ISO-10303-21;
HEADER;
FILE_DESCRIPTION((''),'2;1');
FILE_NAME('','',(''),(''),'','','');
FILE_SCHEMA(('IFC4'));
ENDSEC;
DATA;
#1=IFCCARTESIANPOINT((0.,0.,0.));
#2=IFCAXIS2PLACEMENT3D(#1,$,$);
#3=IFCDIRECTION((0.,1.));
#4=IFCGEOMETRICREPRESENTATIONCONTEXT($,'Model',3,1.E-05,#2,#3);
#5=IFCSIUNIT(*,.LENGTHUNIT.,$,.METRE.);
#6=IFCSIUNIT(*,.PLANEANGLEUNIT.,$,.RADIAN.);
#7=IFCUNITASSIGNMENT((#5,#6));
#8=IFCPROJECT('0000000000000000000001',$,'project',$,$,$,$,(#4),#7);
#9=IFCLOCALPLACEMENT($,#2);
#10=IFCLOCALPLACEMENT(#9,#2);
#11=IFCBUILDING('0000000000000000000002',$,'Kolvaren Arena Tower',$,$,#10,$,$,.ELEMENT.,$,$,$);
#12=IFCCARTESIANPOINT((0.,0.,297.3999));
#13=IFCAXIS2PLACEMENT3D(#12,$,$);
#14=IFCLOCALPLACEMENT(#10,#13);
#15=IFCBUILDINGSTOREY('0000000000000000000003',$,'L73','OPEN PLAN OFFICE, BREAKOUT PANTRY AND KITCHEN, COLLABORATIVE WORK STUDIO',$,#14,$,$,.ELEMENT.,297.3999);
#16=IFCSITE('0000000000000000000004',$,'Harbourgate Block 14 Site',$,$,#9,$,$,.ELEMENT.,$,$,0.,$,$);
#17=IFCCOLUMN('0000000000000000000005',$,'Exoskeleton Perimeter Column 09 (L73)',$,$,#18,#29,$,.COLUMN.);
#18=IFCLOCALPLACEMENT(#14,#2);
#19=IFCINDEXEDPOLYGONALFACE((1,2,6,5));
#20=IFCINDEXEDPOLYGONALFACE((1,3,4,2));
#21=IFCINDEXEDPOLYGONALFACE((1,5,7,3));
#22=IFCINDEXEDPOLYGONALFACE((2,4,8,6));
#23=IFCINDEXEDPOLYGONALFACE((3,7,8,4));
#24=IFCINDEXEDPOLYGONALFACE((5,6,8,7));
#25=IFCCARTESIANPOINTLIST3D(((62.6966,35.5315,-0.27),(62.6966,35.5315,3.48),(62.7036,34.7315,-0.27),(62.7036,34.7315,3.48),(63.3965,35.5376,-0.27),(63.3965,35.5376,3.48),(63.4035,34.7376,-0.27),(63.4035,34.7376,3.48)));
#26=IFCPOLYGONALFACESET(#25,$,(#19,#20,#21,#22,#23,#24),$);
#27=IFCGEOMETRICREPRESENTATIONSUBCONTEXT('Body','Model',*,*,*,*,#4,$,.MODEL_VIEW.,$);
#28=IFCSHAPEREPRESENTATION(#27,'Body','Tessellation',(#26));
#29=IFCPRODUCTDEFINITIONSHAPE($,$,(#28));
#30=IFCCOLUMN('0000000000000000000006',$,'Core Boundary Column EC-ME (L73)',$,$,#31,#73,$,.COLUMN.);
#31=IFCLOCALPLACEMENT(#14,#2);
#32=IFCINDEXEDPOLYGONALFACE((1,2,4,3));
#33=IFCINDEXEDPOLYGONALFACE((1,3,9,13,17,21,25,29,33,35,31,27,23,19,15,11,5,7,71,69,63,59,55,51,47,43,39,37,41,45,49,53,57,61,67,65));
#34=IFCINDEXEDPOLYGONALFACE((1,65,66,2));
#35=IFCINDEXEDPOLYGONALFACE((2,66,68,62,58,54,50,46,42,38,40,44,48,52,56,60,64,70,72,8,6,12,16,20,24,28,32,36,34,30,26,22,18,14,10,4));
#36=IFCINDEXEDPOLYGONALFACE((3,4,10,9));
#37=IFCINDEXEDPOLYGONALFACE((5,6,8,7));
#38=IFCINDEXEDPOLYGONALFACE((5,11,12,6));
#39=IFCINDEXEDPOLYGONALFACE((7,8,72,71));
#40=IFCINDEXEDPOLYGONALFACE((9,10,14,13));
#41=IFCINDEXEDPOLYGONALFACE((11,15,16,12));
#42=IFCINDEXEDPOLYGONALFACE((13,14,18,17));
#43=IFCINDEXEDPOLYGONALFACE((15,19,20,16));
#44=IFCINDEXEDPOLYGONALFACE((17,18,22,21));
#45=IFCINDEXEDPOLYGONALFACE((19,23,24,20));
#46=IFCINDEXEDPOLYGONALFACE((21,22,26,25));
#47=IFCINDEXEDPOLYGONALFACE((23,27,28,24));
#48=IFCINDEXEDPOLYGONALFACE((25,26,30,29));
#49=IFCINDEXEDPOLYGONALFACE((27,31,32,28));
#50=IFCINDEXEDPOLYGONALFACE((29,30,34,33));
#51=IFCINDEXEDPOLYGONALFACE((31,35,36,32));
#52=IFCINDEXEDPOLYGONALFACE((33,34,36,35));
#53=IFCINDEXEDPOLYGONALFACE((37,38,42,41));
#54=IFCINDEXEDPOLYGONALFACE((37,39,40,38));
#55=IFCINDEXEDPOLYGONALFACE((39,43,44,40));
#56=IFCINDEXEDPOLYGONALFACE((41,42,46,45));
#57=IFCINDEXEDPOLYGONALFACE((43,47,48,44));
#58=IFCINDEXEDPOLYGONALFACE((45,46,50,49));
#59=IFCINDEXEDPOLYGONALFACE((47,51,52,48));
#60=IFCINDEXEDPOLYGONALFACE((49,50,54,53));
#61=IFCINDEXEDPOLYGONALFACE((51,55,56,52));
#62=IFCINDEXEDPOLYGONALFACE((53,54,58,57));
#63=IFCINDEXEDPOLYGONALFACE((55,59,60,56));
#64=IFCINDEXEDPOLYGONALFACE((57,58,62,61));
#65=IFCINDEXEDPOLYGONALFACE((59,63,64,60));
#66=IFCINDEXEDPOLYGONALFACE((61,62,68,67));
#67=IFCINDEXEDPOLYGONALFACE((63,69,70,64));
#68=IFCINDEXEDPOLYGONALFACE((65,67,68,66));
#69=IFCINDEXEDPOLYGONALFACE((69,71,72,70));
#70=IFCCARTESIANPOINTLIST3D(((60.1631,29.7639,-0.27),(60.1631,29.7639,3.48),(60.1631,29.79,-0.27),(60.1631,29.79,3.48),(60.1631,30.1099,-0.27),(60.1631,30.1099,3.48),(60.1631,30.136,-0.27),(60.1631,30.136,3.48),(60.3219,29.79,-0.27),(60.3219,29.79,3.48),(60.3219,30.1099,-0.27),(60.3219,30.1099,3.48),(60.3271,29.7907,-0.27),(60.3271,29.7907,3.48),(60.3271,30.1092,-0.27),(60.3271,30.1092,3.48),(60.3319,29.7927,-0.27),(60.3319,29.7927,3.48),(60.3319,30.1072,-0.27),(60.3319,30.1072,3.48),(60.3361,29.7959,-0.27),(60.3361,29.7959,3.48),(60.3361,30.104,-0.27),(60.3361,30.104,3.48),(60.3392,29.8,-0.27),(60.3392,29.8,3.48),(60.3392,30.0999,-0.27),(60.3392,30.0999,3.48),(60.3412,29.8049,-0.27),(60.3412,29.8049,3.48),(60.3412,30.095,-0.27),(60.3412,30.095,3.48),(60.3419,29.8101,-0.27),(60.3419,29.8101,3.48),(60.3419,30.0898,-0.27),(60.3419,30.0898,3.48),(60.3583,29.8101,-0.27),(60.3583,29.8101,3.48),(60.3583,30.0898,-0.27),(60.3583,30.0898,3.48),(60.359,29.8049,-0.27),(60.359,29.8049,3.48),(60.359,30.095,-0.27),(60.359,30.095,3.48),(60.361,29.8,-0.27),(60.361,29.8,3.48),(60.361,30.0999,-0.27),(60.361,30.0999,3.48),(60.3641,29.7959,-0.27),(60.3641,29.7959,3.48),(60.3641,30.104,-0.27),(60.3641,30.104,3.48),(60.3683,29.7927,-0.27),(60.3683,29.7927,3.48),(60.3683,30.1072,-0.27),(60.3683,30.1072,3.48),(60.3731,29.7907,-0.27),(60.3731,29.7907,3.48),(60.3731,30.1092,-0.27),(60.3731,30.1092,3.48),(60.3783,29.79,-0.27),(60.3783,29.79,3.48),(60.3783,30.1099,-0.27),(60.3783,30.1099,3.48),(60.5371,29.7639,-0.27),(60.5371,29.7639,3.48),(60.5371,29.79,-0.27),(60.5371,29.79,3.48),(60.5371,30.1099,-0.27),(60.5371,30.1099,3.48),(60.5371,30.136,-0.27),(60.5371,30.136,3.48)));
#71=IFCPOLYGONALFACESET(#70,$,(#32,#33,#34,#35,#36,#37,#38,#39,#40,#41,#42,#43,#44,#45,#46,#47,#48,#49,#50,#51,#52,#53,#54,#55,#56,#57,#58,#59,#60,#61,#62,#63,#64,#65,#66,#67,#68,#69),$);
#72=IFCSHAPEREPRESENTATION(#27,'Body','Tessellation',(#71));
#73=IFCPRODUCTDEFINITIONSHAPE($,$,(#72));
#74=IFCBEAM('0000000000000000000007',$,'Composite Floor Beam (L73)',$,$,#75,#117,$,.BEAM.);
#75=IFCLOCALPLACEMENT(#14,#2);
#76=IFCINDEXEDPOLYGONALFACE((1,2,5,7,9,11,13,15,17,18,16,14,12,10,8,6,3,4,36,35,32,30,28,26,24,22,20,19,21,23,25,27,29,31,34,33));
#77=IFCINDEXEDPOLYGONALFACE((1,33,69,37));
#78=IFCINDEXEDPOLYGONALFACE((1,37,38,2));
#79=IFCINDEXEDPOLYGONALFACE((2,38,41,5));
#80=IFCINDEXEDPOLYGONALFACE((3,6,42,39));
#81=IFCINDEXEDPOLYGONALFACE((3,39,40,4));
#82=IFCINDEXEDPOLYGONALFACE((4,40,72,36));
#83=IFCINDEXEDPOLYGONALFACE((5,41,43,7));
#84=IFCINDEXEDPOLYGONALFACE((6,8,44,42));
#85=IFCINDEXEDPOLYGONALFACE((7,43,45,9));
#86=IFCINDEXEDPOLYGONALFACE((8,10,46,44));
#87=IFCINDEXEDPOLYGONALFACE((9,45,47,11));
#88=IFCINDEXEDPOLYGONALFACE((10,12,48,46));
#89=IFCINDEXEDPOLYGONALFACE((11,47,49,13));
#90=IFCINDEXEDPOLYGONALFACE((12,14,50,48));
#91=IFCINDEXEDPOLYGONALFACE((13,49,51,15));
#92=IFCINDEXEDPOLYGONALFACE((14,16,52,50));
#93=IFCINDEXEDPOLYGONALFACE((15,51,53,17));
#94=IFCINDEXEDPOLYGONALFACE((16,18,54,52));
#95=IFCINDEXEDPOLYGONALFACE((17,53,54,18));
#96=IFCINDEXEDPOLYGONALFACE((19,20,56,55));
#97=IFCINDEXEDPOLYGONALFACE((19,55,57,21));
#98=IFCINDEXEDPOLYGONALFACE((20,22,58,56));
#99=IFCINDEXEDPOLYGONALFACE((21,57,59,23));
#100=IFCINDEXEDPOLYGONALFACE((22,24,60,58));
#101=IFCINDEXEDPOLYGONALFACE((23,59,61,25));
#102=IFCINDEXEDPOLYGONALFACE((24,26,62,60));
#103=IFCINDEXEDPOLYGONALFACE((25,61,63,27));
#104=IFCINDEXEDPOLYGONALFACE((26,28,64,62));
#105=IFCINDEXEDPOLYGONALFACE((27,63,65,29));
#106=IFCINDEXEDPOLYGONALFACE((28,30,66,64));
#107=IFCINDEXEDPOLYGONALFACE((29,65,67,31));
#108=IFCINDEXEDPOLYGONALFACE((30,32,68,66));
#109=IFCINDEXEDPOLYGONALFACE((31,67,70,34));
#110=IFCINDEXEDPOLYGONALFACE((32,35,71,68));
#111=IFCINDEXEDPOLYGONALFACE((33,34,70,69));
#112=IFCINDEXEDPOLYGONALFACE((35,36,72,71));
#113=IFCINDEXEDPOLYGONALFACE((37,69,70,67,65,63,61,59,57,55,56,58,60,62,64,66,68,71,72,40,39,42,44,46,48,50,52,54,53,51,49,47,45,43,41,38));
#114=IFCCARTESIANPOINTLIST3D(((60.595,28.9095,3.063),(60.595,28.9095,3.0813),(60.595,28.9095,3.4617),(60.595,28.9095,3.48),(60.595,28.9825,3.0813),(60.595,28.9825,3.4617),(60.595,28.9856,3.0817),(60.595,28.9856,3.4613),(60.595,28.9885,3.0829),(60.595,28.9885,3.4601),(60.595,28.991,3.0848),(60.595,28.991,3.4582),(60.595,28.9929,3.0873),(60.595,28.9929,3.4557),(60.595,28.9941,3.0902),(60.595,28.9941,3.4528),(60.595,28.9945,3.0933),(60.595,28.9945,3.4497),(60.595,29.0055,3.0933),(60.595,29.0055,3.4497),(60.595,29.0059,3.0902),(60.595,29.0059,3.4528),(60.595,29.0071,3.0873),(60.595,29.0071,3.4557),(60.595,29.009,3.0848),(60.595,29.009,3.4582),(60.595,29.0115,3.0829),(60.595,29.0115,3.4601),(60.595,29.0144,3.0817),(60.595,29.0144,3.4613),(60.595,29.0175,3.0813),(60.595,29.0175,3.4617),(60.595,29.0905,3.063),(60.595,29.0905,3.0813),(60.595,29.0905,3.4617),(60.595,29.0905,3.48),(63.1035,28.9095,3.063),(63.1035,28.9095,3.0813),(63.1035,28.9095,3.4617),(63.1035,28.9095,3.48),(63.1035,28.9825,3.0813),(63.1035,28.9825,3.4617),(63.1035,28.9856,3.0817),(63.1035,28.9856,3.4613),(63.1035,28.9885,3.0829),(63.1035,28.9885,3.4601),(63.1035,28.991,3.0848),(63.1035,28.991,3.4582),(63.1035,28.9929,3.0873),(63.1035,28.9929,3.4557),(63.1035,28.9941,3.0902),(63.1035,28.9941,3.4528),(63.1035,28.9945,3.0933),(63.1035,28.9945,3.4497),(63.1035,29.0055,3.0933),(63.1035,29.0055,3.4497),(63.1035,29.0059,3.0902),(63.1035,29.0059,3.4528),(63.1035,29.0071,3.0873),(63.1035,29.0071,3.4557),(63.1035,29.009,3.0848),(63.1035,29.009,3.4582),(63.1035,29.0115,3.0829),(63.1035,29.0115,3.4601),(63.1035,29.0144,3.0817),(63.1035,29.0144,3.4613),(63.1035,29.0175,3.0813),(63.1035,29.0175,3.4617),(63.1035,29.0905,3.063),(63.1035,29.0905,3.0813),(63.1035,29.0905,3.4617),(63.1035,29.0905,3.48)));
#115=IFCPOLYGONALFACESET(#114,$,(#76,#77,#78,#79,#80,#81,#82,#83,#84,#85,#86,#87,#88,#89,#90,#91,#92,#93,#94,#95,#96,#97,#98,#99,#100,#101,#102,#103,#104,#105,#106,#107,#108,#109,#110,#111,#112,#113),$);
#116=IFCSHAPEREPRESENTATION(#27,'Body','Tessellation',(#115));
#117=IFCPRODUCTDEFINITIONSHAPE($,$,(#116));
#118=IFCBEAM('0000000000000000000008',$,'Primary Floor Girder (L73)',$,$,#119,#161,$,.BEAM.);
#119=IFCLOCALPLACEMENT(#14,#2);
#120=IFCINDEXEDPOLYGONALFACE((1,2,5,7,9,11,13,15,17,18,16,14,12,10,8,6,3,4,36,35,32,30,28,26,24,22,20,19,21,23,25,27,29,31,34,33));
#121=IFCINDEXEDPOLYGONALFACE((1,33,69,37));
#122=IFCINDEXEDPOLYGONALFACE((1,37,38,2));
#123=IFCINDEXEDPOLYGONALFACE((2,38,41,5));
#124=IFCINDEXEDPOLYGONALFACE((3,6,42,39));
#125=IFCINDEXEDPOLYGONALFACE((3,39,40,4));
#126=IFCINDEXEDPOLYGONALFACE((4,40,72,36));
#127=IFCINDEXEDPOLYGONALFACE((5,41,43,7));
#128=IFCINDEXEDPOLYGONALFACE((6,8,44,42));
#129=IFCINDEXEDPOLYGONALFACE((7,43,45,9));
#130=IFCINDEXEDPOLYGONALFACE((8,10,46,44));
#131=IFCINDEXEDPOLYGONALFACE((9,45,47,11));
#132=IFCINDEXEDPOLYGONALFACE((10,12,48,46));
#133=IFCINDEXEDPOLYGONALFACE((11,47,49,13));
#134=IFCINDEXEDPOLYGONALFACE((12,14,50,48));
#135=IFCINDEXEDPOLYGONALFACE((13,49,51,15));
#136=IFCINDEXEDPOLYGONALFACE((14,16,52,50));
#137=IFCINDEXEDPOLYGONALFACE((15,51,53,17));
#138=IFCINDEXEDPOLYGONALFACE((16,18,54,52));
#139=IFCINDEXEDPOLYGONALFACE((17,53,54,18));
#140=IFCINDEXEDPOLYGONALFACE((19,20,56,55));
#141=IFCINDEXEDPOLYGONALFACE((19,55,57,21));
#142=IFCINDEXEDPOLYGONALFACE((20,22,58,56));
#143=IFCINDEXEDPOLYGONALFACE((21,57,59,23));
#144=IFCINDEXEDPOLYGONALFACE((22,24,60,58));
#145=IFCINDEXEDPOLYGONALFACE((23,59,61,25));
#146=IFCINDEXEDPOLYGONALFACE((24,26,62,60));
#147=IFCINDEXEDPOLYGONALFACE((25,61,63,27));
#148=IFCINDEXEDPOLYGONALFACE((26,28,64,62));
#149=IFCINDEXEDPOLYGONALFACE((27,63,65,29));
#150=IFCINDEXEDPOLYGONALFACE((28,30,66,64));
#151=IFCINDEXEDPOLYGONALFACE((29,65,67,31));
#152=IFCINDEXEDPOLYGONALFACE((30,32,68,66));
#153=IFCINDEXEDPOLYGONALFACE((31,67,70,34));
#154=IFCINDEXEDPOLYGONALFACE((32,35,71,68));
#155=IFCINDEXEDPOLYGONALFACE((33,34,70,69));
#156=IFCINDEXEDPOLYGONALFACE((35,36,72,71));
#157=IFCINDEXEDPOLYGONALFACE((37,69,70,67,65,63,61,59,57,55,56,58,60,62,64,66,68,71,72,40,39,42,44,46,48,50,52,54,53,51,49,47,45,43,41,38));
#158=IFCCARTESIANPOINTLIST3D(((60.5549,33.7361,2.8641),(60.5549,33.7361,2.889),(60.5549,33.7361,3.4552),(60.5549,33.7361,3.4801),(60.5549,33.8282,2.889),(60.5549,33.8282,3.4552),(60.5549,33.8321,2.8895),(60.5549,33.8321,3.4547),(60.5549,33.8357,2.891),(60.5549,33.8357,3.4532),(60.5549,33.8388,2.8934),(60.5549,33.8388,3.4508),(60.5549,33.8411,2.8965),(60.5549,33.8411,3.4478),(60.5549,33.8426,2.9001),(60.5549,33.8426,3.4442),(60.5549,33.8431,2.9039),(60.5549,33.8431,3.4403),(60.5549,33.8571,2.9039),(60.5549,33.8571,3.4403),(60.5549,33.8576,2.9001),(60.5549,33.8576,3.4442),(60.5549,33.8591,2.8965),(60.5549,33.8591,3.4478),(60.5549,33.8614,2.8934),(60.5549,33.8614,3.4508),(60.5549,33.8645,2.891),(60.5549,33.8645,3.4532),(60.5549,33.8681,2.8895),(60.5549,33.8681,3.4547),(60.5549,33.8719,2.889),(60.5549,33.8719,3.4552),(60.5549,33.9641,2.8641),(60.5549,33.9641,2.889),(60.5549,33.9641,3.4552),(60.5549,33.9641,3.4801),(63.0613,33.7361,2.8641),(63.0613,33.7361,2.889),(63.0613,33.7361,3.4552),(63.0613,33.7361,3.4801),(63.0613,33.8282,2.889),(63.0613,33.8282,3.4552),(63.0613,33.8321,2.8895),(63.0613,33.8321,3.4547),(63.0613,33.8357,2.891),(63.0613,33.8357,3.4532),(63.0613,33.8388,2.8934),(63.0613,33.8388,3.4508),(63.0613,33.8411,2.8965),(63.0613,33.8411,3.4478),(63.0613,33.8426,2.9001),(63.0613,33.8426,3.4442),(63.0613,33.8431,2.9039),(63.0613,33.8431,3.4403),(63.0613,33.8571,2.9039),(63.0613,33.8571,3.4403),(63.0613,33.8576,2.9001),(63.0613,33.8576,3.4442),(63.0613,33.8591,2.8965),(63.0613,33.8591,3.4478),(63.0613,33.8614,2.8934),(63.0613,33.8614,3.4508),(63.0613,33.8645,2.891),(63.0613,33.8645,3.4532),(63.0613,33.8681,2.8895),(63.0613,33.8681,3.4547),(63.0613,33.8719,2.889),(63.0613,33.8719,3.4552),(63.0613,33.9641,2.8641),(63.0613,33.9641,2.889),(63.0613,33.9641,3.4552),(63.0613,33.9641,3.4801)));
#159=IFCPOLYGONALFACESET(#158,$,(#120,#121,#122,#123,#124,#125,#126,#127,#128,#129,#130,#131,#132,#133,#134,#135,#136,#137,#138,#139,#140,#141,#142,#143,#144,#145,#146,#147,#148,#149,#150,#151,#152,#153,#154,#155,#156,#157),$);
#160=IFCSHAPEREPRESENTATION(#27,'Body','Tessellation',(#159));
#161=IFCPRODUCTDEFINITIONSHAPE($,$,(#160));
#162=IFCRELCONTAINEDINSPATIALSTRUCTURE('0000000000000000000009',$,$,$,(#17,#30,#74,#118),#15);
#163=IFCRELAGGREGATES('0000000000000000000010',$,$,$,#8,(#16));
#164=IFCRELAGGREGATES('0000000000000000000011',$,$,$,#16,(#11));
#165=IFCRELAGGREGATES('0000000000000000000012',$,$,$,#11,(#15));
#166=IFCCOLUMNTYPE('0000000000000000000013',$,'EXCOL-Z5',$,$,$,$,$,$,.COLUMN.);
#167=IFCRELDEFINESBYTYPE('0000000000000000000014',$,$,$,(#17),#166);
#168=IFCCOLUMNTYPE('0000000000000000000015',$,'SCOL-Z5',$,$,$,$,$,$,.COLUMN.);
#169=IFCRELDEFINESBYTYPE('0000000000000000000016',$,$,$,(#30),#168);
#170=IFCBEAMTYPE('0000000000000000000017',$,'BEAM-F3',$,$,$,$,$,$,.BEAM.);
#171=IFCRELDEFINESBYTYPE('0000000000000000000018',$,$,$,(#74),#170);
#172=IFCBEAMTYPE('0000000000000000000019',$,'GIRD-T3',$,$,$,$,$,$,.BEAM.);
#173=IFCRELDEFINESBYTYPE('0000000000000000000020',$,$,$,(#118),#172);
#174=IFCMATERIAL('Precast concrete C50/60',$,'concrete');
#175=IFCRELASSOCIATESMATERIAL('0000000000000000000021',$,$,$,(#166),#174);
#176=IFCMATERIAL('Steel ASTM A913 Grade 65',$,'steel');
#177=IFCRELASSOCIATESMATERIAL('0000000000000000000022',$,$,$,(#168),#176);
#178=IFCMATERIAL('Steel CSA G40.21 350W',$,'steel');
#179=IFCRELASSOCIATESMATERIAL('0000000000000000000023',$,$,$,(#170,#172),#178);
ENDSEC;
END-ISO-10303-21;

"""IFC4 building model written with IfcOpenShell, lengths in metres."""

from ifc_helpers import new_model, si_unit, direction, frame, origin, origin_2d, place, context, subcontext, project, spatial, rectangle, i_section, extrude, material, material_profile, profile_set, type_object, element, save


model = new_model("IFC4")

# Units and contexts
model_context = context("Model", 3, precision=1e-05, world=origin(), true_north=direction((0.0, 1.0)))
body_context = subcontext(model_context, "Body", "Model", "MODEL_VIEW")
ifc_project = project(units=[si_unit("LENGTHUNIT", "METRE"), si_unit("PLANEANGLEUNIT", "RADIAN")], contexts=[model_context])

# Site, building, storey
site_placement = place(None, origin())
site = spatial("IfcSite", under=ifc_project, at=site_placement, Name="Harbourgate Block 14 Site", CompositionType="ELEMENT", RefElevation=0.0)
building_placement = place(site_placement, origin())
building = spatial("IfcBuilding", under=site, at=building_placement, Name="Kolvaren Arena Tower", CompositionType="ELEMENT")
storey_placement = place(building_placement, frame((0.0, 0.0, 297.3999)))
storey = spatial("IfcBuildingStorey", under=building, at=storey_placement, Name="L73", Description="OPEN PLAN OFFICE, BREAKOUT PANTRY AND KITCHEN, COLLABORATIVE WORK STUDIO", CompositionType="ELEMENT", Elevation=297.3999)

# Columns
ifc_material_1 = material(Name="Precast concrete C50/60", Category="concrete")
ifc_material_profile_1 = material_profile(ifc_material_1, rectangle(XDim=0.8, YDim=0.7, at=origin_2d()), Name="RC-800x700")
ifc_profile_set_1 = profile_set([ifc_material_profile_1], Name="Precast concrete C50/60")
column_type_1 = type_object("IfcColumnType", Name="EXCOL-Z5", PredefinedType="COLUMN", material=ifc_profile_set_1)
column_1_placement = place(storey_placement, frame((63.05, 35.1345, -0.27), z_axis=(0.0, 0.0, 1.0), x_axis=(-0.008727, 0.999962, 0.0)))
element("IfcColumn", 1, at=column_1_placement, inside=storey, type_object=column_type_1, Name="Exoskeleton Perimeter Column 09 (L73)", PredefinedType="COLUMN", context=body_context, shape_type="SweptSolid", body=[
    extrude(rectangle(XDim=0.8, YDim=0.7, at=origin_2d()), origin(), (0.0, 0.0, 1.0), 3.75),
])
ifc_material_2 = material(Name="Steel ASTM A913 Grade 65", Category="steel")
ifc_material_profile_2 = material_profile(ifc_material_2, i_section(OverallWidth=0.374, OverallDepth=0.3721, WebThickness=0.0164, FlangeThickness=0.0261, FilletRadius=0.02, at=origin_2d()), Name="W360x196")
ifc_profile_set_2 = profile_set([ifc_material_profile_2], Name="Steel ASTM A913 Grade 65")
column_type_2 = type_object("IfcColumnType", Name="SCOL-Z5", PredefinedType="COLUMN", material=ifc_profile_set_2)
column_2_placement = place(storey_placement, frame((60.3501, 29.95, -0.27), z_axis=(0.0, 0.0, 1.0), x_axis=(1.0, 0.0, 0.0)))
element("IfcColumn", 2, at=column_2_placement, inside=storey, type_object=column_type_2, Name="Core Boundary Column EC-ME (L73)", PredefinedType="COLUMN", context=body_context, shape_type="SweptSolid", body=[
    extrude(i_section(OverallWidth=0.374, OverallDepth=0.3721, WebThickness=0.0164, FlangeThickness=0.0261, FilletRadius=0.02, at=origin_2d()), origin(), (0.0, 0.0, 1.0), 3.75),
])

# Beams
ifc_material_3 = material(Name="Steel CSA G40.21 350W", Category="steel")
ifc_material_profile_3 = material_profile(ifc_material_3, i_section(OverallWidth=0.1809, OverallDepth=0.417, WebThickness=0.011, FlangeThickness=0.0183, FilletRadius=0.012, at=origin_2d()), Name="W410x85")
ifc_profile_set_3 = profile_set([ifc_material_profile_3], Name="Steel CSA G40.21 350W")
beam_type_1 = type_object("IfcBeamType", Name="BEAM-F3", PredefinedType="BEAM", material=ifc_profile_set_3)
beam_1_placement = place(storey_placement, frame((60.595, 29.0, 3.2715), z_axis=(1.0, 0.0, 0.0), x_axis=(0.0, 1.0, 0.0)))
element("IfcBeam", 3, at=beam_1_placement, inside=storey, type_object=beam_type_1, Name="Composite Floor Beam (L73)", PredefinedType="BEAM", context=body_context, shape_type="SweptSolid", body=[
    extrude(i_section(OverallWidth=0.1809, OverallDepth=0.417, WebThickness=0.011, FlangeThickness=0.0183, FilletRadius=0.012, at=origin_2d()), origin(), (0.0, 0.0, 1.0), 2.5085),
])
ifc_material_profile_4 = material_profile(ifc_material_3, i_section(OverallWidth=0.228, OverallDepth=0.616, WebThickness=0.0139, FlangeThickness=0.0249, FilletRadius=0.0149, at=origin_2d()), Name="W610x174")
ifc_profile_set_4 = profile_set([ifc_material_profile_4], Name="Steel CSA G40.21 350W")
beam_type_2 = type_object("IfcBeamType", Name="GIRD-T3", PredefinedType="BEAM", material=ifc_profile_set_4)
beam_2_placement = place(storey_placement, frame((60.5549, 33.8501, 3.1721), z_axis=(1.0, 0.0, 0.0), x_axis=(0.0, 1.0, 0.0)))
element("IfcBeam", 4, at=beam_2_placement, inside=storey, type_object=beam_type_2, Name="Primary Floor Girder (L73)", PredefinedType="BEAM", context=body_context, shape_type="SweptSolid", body=[
    extrude(i_section(OverallWidth=0.228, OverallDepth=0.616, WebThickness=0.0139, FlangeThickness=0.0249, FilletRadius=0.0149, at=origin_2d()), origin(), (0.0, 0.0, 1.0), 2.5063),
])

save(model, "model.ifc")
